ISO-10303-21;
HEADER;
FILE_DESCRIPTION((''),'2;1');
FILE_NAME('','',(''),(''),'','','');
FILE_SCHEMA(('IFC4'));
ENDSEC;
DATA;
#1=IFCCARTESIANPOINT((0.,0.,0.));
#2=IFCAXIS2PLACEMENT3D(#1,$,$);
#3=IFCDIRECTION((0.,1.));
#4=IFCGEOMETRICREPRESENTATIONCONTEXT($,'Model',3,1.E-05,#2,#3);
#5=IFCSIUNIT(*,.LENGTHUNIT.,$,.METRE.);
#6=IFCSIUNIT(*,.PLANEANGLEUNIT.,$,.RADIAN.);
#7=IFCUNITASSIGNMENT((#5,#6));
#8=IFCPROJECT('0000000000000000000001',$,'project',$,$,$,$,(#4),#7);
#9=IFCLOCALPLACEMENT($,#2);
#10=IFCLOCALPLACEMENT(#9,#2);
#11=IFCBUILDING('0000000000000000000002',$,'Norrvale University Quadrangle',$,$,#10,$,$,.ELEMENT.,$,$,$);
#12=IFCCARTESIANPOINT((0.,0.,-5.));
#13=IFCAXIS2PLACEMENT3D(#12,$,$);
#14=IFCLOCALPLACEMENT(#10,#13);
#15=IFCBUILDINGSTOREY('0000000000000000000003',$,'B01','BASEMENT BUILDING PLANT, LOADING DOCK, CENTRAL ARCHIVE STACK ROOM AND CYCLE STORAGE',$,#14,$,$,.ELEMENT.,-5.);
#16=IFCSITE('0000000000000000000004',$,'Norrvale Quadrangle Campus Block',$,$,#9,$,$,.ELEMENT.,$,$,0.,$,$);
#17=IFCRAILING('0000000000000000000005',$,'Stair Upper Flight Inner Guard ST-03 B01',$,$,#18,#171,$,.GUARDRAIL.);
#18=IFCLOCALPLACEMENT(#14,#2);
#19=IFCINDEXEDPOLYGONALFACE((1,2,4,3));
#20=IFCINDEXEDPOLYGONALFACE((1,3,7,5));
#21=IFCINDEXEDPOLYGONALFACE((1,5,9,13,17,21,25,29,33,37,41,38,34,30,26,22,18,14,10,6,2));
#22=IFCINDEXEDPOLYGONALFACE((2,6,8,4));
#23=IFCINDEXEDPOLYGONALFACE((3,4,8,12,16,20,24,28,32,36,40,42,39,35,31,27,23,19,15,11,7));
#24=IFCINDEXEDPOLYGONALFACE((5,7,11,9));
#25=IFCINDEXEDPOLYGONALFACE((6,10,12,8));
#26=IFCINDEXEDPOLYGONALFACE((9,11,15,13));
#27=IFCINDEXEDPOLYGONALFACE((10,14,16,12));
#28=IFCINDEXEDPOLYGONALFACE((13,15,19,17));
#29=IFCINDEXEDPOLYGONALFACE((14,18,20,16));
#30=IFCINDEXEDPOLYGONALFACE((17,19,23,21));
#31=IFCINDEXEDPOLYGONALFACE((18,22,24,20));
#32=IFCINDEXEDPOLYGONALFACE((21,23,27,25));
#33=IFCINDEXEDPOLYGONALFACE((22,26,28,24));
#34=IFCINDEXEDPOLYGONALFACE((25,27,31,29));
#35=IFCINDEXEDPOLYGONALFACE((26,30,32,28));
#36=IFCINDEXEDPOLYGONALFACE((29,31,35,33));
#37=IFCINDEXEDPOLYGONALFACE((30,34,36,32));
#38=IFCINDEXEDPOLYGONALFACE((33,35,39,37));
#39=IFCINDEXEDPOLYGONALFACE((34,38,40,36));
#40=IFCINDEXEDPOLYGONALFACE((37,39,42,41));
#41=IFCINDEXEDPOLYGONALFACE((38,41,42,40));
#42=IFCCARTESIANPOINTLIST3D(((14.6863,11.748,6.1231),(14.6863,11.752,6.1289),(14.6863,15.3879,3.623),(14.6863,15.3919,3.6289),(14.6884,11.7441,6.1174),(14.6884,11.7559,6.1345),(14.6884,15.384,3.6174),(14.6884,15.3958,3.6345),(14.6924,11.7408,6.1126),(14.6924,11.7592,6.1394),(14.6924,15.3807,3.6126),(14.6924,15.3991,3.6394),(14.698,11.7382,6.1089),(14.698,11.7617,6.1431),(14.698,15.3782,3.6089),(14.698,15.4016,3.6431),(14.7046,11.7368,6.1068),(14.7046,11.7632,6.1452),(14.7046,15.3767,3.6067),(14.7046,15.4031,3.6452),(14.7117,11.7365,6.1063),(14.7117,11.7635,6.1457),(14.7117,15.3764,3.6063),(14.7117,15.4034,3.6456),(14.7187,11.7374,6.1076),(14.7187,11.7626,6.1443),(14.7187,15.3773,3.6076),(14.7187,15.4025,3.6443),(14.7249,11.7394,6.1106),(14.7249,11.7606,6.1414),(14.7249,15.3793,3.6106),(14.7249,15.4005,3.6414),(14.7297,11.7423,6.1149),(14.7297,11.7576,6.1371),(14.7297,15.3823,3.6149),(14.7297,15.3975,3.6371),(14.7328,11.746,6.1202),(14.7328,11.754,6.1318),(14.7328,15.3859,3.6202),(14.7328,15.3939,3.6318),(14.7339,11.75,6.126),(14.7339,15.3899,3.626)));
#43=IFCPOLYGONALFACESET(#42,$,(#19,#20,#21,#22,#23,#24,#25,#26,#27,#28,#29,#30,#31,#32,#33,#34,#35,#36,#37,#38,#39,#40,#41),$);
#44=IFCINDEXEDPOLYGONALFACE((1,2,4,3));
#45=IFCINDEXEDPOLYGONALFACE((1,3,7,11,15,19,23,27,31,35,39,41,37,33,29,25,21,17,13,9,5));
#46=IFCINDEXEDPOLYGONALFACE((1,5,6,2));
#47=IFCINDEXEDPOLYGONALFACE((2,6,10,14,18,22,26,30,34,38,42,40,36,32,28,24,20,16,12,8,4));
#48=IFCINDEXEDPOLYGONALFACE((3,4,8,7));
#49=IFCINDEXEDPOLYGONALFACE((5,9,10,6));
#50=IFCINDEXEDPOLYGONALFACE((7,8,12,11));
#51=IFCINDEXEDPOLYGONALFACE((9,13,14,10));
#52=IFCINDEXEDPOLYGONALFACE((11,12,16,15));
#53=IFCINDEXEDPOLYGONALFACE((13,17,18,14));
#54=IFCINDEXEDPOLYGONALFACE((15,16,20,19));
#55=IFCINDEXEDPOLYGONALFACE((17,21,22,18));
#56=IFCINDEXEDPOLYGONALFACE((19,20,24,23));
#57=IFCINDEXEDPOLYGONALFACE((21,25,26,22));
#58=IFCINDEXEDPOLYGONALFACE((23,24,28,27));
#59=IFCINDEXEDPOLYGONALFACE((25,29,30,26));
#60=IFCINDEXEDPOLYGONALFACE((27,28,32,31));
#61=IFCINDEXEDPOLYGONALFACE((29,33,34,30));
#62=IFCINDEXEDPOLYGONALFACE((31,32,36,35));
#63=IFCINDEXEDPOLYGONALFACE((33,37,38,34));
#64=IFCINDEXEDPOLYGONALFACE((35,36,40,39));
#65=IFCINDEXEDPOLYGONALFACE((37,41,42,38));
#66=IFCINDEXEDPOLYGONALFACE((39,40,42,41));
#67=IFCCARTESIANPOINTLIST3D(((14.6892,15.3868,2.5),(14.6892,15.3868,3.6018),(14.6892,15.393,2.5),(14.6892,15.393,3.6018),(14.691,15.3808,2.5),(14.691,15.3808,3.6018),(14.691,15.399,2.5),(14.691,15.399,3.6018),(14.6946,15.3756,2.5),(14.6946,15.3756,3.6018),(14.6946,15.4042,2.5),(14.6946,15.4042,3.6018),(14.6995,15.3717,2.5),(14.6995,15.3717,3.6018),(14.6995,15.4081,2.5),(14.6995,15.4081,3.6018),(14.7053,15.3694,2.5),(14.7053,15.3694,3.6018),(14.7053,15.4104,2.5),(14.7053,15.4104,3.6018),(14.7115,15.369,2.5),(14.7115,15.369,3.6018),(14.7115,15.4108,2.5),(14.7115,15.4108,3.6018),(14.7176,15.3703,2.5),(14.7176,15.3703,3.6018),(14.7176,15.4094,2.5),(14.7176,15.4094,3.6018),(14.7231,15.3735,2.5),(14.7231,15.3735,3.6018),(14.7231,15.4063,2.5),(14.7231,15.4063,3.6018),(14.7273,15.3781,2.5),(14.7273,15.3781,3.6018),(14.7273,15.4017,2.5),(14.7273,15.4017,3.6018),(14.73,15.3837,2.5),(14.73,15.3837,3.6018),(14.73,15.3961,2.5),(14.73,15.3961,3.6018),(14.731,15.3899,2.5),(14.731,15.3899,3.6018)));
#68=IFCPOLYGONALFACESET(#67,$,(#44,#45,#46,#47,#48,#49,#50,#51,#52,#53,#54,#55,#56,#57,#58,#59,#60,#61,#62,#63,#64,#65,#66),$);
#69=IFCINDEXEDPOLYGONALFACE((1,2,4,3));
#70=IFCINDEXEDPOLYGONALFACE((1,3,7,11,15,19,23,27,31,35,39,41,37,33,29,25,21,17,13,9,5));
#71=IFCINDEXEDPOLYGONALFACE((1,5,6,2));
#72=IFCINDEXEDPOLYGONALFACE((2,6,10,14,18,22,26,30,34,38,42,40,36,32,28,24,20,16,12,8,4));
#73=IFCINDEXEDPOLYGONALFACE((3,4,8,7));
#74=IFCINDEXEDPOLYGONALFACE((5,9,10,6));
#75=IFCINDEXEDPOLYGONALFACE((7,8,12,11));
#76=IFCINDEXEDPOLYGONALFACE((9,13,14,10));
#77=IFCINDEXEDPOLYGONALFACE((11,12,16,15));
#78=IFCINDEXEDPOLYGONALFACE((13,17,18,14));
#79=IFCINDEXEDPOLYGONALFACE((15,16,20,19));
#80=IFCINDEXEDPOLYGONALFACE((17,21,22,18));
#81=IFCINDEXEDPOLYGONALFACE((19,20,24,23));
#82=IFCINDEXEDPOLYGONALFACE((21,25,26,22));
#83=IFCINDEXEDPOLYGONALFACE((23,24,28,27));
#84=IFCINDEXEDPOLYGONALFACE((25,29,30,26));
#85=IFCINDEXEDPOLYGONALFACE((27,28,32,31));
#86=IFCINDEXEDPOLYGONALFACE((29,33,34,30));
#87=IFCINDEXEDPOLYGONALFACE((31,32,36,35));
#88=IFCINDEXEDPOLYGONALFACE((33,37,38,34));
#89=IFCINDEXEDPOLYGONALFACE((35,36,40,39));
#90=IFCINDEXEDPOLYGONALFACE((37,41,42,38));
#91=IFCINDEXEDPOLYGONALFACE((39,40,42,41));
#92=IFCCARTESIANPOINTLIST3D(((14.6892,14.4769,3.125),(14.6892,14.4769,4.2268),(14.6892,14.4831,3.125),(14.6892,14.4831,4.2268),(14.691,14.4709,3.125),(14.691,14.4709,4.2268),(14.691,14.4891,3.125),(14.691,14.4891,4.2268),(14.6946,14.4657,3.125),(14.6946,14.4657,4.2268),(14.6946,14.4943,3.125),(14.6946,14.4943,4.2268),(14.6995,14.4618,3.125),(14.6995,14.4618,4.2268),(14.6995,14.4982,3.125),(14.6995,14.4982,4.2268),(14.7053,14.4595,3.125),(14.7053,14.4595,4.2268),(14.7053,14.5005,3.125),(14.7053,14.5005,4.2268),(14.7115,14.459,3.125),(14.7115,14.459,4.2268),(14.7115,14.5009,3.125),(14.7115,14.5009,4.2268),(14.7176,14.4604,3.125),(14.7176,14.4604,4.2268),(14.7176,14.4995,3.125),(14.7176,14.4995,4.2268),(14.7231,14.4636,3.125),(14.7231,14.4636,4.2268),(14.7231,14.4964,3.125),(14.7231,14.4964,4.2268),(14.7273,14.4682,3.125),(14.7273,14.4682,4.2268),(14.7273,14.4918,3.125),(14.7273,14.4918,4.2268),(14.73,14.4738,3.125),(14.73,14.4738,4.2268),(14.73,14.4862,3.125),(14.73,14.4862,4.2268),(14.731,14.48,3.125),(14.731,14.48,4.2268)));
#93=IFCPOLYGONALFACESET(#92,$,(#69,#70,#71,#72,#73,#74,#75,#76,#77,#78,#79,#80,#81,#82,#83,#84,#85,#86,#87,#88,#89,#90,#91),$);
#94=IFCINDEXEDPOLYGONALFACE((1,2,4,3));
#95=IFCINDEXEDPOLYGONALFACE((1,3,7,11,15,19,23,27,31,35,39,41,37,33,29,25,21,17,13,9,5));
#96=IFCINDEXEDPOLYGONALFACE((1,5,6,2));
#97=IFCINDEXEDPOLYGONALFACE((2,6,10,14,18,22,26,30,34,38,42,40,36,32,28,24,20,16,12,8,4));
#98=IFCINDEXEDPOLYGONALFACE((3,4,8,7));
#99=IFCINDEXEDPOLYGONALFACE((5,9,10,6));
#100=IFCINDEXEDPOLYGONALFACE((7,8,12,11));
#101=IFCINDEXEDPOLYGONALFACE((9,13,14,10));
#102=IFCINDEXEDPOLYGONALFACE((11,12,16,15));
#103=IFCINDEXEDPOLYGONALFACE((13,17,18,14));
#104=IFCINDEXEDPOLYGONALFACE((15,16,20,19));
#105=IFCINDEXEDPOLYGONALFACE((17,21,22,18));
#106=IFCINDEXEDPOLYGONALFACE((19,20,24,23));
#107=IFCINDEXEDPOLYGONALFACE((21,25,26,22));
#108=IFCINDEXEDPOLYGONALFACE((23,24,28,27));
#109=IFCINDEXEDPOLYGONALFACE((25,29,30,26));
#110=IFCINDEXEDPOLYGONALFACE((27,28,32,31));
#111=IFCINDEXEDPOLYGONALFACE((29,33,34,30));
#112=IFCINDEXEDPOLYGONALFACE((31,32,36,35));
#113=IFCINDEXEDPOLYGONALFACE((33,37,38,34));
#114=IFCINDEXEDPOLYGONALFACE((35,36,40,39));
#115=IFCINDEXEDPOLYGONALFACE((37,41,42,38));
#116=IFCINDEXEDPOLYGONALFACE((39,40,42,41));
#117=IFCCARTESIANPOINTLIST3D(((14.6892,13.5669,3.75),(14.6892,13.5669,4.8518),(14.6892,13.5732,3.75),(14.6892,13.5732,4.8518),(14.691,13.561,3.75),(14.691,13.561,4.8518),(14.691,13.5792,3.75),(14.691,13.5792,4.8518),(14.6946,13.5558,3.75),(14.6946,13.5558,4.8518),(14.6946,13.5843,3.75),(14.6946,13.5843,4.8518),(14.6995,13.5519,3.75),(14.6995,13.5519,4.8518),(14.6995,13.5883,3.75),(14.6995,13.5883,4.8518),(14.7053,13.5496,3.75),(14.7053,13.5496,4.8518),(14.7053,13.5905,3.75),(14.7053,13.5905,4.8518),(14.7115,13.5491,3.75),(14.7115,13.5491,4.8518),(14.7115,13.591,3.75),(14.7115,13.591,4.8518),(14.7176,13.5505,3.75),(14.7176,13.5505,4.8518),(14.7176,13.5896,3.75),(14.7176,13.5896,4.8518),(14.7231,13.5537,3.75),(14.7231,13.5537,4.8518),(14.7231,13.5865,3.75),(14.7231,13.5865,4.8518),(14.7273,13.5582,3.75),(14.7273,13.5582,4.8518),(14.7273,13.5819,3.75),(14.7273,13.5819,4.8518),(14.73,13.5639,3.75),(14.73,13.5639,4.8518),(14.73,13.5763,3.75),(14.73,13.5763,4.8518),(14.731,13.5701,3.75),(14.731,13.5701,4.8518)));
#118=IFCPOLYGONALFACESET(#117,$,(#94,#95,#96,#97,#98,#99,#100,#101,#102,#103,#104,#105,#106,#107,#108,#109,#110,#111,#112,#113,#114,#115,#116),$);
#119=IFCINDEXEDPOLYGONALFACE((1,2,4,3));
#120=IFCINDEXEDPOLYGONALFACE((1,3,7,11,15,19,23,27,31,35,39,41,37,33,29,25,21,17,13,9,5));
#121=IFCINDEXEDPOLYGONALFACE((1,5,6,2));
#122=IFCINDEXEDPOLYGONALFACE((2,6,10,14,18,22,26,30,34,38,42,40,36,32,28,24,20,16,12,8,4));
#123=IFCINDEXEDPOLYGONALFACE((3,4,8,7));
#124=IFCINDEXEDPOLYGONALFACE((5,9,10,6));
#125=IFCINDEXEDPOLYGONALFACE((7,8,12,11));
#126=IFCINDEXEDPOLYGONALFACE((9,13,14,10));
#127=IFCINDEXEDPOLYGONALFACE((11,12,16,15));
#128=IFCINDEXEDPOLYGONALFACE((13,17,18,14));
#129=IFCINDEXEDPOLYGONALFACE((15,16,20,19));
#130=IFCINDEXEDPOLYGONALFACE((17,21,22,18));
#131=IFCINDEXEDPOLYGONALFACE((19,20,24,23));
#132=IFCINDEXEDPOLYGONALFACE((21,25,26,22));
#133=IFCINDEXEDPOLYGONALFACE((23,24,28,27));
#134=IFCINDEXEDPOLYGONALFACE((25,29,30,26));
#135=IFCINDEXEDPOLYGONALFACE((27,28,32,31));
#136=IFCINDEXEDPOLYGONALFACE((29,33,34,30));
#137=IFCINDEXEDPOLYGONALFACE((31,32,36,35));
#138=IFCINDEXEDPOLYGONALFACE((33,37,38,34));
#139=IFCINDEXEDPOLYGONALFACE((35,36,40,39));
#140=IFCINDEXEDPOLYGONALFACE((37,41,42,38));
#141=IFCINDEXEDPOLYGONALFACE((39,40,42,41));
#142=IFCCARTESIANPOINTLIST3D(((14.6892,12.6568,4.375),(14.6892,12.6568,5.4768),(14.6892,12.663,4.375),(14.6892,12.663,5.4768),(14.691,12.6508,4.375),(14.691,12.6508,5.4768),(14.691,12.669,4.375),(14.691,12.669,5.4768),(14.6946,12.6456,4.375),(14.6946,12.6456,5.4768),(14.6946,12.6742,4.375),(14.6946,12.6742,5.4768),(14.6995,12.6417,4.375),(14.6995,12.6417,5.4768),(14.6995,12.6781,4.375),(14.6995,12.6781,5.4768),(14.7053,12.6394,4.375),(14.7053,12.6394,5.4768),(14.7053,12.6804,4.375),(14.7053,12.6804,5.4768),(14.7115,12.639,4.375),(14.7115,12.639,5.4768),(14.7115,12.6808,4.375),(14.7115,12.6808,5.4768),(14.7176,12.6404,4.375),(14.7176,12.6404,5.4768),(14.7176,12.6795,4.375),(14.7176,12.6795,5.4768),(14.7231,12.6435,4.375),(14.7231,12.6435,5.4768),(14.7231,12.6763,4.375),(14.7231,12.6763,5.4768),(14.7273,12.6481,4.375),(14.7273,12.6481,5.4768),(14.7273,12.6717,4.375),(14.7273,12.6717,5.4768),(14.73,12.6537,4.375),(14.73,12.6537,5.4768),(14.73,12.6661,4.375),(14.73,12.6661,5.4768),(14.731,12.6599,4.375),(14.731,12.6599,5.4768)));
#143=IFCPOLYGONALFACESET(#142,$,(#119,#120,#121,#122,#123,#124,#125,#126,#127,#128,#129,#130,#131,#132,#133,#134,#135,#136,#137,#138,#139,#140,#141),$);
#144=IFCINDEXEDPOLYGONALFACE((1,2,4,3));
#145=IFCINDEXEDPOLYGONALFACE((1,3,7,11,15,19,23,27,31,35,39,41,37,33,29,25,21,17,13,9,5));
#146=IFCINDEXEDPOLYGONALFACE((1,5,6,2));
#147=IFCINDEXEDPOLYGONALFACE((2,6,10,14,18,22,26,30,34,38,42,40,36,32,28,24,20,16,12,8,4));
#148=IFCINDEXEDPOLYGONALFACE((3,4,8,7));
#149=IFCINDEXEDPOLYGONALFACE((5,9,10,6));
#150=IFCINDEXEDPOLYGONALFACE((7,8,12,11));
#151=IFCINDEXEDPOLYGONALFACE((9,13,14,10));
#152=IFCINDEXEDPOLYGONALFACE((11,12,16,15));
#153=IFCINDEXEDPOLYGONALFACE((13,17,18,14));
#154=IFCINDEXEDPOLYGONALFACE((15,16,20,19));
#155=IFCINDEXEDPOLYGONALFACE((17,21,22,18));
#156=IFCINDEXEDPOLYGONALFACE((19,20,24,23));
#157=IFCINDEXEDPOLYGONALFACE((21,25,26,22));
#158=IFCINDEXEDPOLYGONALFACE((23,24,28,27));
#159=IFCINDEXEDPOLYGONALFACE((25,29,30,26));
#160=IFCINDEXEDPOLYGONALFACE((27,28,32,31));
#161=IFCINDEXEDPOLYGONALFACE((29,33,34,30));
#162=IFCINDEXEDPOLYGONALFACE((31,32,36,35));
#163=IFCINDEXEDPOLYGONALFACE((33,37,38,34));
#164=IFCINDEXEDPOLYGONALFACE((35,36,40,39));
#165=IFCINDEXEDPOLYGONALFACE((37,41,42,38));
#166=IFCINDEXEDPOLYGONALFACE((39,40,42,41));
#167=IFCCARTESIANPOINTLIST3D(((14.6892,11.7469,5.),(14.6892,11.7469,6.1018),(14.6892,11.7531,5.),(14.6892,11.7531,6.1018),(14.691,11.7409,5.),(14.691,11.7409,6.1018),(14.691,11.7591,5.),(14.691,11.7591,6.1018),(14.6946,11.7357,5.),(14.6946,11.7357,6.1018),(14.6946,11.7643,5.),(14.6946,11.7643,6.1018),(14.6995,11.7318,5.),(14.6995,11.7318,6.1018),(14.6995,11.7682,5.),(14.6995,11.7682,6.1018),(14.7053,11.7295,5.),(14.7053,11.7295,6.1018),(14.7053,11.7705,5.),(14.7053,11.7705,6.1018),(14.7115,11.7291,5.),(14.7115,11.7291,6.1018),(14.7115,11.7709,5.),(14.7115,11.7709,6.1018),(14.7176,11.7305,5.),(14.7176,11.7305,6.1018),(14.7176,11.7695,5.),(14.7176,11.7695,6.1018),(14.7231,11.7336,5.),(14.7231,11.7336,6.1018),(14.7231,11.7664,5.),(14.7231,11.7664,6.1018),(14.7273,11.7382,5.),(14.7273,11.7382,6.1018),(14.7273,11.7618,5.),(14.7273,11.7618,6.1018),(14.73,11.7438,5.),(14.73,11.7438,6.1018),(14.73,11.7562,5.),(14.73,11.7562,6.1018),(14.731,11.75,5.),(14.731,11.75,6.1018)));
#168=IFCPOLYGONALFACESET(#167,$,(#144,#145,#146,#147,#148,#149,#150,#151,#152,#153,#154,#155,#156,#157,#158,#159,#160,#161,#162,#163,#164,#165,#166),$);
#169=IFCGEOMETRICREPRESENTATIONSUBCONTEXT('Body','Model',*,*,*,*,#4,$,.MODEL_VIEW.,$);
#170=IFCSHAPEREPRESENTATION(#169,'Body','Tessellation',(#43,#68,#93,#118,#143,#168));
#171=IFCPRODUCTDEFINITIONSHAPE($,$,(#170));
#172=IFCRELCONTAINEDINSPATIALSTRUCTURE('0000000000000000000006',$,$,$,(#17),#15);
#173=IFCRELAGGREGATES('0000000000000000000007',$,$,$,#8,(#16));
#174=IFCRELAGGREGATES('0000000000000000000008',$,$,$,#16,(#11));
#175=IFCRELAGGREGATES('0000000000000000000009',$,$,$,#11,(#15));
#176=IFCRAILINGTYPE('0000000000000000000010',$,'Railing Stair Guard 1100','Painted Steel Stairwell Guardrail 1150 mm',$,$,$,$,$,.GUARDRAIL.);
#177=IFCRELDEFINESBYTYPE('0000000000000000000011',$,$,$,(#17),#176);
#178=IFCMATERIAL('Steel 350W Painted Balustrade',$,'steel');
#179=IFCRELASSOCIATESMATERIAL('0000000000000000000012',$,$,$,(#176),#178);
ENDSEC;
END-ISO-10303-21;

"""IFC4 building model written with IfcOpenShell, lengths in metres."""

from ifc_helpers import new_model, si_unit, direction, frame, origin, origin_2d, place, context, subcontext, project, spatial, circle, extrude, material, type_object, element, save


model = new_model("IFC4")

# Units and contexts
model_context = context("Model", 3, precision=1e-05, world=origin(), true_north=direction((0.0, 1.0)))
body_context = subcontext(model_context, "Body", "Model", "MODEL_VIEW")
ifc_project = project(units=[si_unit("LENGTHUNIT", "METRE"), si_unit("PLANEANGLEUNIT", "RADIAN")], contexts=[model_context])

# Site, building, storey
site_placement = place(None, origin())
site = spatial("IfcSite", under=ifc_project, at=site_placement, Name="Norrvale Quadrangle Campus Block", CompositionType="ELEMENT", RefElevation=0.0)
building_placement = place(site_placement, origin())
building = spatial("IfcBuilding", under=site, at=building_placement, Name="Norrvale University Quadrangle", CompositionType="ELEMENT")
storey_placement = place(building_placement, frame((0.0, 0.0, -5.0)))
storey = spatial("IfcBuildingStorey", under=building, at=storey_placement, Name="B01", Description="BASEMENT BUILDING PLANT, LOADING DOCK, CENTRAL ARCHIVE STACK ROOM AND CYCLE STORAGE", CompositionType="ELEMENT", Elevation=-5.0)

# Railing
ifc_material_1 = material(Name="Steel 350W Painted Balustrade", Category="steel")
railing_type_1 = type_object("IfcRailingType", Name="Railing Stair Guard 1100", Description="Painted Steel Stairwell Guardrail 1150 mm", PredefinedType="GUARDRAIL", material=ifc_material_1)
railing_1_placement = place(storey_placement, frame((14.71, 15.3899, 2.5)))
element("IfcRailing", 1, at=railing_1_placement, inside=storey, type_object=railing_type_1, Name="Stair Upper Flight Inner Guard ST-03 B01", PredefinedType="GUARDRAIL", context=body_context, shape_type="SweptSolid", body=[
    extrude(circle(Radius=0.0239, at=origin_2d()), frame((0.0, 0.0, 1.126), z_axis=(0.0, -0.824298, 0.566156), x_axis=(1.0, 0.0, 0.0)), (0.0, 0.0, 1.0), 4.4158),
    extrude(circle(Radius=0.021, at=origin_2d()), origin(), (0.0, 0.0, 1.0), 1.1018),
    extrude(circle(Radius=0.021, at=origin_2d()), frame((0.0, -0.9099, 0.625)), (0.0, 0.0, 1.0), 1.1018),
    extrude(circle(Radius=0.021, at=origin_2d()), frame((0.0, -1.8198, 1.25)), (0.0, 0.0, 1.0), 1.1018),
    extrude(circle(Radius=0.021, at=origin_2d()), frame((0.0, -2.73, 1.875)), (0.0, 0.0, 1.0), 1.1018),
    extrude(circle(Radius=0.021, at=origin_2d()), frame((0.0, -3.6399, 2.5)), (0.0, 0.0, 1.0), 1.1018),
])

save(model, "model.ifc")
